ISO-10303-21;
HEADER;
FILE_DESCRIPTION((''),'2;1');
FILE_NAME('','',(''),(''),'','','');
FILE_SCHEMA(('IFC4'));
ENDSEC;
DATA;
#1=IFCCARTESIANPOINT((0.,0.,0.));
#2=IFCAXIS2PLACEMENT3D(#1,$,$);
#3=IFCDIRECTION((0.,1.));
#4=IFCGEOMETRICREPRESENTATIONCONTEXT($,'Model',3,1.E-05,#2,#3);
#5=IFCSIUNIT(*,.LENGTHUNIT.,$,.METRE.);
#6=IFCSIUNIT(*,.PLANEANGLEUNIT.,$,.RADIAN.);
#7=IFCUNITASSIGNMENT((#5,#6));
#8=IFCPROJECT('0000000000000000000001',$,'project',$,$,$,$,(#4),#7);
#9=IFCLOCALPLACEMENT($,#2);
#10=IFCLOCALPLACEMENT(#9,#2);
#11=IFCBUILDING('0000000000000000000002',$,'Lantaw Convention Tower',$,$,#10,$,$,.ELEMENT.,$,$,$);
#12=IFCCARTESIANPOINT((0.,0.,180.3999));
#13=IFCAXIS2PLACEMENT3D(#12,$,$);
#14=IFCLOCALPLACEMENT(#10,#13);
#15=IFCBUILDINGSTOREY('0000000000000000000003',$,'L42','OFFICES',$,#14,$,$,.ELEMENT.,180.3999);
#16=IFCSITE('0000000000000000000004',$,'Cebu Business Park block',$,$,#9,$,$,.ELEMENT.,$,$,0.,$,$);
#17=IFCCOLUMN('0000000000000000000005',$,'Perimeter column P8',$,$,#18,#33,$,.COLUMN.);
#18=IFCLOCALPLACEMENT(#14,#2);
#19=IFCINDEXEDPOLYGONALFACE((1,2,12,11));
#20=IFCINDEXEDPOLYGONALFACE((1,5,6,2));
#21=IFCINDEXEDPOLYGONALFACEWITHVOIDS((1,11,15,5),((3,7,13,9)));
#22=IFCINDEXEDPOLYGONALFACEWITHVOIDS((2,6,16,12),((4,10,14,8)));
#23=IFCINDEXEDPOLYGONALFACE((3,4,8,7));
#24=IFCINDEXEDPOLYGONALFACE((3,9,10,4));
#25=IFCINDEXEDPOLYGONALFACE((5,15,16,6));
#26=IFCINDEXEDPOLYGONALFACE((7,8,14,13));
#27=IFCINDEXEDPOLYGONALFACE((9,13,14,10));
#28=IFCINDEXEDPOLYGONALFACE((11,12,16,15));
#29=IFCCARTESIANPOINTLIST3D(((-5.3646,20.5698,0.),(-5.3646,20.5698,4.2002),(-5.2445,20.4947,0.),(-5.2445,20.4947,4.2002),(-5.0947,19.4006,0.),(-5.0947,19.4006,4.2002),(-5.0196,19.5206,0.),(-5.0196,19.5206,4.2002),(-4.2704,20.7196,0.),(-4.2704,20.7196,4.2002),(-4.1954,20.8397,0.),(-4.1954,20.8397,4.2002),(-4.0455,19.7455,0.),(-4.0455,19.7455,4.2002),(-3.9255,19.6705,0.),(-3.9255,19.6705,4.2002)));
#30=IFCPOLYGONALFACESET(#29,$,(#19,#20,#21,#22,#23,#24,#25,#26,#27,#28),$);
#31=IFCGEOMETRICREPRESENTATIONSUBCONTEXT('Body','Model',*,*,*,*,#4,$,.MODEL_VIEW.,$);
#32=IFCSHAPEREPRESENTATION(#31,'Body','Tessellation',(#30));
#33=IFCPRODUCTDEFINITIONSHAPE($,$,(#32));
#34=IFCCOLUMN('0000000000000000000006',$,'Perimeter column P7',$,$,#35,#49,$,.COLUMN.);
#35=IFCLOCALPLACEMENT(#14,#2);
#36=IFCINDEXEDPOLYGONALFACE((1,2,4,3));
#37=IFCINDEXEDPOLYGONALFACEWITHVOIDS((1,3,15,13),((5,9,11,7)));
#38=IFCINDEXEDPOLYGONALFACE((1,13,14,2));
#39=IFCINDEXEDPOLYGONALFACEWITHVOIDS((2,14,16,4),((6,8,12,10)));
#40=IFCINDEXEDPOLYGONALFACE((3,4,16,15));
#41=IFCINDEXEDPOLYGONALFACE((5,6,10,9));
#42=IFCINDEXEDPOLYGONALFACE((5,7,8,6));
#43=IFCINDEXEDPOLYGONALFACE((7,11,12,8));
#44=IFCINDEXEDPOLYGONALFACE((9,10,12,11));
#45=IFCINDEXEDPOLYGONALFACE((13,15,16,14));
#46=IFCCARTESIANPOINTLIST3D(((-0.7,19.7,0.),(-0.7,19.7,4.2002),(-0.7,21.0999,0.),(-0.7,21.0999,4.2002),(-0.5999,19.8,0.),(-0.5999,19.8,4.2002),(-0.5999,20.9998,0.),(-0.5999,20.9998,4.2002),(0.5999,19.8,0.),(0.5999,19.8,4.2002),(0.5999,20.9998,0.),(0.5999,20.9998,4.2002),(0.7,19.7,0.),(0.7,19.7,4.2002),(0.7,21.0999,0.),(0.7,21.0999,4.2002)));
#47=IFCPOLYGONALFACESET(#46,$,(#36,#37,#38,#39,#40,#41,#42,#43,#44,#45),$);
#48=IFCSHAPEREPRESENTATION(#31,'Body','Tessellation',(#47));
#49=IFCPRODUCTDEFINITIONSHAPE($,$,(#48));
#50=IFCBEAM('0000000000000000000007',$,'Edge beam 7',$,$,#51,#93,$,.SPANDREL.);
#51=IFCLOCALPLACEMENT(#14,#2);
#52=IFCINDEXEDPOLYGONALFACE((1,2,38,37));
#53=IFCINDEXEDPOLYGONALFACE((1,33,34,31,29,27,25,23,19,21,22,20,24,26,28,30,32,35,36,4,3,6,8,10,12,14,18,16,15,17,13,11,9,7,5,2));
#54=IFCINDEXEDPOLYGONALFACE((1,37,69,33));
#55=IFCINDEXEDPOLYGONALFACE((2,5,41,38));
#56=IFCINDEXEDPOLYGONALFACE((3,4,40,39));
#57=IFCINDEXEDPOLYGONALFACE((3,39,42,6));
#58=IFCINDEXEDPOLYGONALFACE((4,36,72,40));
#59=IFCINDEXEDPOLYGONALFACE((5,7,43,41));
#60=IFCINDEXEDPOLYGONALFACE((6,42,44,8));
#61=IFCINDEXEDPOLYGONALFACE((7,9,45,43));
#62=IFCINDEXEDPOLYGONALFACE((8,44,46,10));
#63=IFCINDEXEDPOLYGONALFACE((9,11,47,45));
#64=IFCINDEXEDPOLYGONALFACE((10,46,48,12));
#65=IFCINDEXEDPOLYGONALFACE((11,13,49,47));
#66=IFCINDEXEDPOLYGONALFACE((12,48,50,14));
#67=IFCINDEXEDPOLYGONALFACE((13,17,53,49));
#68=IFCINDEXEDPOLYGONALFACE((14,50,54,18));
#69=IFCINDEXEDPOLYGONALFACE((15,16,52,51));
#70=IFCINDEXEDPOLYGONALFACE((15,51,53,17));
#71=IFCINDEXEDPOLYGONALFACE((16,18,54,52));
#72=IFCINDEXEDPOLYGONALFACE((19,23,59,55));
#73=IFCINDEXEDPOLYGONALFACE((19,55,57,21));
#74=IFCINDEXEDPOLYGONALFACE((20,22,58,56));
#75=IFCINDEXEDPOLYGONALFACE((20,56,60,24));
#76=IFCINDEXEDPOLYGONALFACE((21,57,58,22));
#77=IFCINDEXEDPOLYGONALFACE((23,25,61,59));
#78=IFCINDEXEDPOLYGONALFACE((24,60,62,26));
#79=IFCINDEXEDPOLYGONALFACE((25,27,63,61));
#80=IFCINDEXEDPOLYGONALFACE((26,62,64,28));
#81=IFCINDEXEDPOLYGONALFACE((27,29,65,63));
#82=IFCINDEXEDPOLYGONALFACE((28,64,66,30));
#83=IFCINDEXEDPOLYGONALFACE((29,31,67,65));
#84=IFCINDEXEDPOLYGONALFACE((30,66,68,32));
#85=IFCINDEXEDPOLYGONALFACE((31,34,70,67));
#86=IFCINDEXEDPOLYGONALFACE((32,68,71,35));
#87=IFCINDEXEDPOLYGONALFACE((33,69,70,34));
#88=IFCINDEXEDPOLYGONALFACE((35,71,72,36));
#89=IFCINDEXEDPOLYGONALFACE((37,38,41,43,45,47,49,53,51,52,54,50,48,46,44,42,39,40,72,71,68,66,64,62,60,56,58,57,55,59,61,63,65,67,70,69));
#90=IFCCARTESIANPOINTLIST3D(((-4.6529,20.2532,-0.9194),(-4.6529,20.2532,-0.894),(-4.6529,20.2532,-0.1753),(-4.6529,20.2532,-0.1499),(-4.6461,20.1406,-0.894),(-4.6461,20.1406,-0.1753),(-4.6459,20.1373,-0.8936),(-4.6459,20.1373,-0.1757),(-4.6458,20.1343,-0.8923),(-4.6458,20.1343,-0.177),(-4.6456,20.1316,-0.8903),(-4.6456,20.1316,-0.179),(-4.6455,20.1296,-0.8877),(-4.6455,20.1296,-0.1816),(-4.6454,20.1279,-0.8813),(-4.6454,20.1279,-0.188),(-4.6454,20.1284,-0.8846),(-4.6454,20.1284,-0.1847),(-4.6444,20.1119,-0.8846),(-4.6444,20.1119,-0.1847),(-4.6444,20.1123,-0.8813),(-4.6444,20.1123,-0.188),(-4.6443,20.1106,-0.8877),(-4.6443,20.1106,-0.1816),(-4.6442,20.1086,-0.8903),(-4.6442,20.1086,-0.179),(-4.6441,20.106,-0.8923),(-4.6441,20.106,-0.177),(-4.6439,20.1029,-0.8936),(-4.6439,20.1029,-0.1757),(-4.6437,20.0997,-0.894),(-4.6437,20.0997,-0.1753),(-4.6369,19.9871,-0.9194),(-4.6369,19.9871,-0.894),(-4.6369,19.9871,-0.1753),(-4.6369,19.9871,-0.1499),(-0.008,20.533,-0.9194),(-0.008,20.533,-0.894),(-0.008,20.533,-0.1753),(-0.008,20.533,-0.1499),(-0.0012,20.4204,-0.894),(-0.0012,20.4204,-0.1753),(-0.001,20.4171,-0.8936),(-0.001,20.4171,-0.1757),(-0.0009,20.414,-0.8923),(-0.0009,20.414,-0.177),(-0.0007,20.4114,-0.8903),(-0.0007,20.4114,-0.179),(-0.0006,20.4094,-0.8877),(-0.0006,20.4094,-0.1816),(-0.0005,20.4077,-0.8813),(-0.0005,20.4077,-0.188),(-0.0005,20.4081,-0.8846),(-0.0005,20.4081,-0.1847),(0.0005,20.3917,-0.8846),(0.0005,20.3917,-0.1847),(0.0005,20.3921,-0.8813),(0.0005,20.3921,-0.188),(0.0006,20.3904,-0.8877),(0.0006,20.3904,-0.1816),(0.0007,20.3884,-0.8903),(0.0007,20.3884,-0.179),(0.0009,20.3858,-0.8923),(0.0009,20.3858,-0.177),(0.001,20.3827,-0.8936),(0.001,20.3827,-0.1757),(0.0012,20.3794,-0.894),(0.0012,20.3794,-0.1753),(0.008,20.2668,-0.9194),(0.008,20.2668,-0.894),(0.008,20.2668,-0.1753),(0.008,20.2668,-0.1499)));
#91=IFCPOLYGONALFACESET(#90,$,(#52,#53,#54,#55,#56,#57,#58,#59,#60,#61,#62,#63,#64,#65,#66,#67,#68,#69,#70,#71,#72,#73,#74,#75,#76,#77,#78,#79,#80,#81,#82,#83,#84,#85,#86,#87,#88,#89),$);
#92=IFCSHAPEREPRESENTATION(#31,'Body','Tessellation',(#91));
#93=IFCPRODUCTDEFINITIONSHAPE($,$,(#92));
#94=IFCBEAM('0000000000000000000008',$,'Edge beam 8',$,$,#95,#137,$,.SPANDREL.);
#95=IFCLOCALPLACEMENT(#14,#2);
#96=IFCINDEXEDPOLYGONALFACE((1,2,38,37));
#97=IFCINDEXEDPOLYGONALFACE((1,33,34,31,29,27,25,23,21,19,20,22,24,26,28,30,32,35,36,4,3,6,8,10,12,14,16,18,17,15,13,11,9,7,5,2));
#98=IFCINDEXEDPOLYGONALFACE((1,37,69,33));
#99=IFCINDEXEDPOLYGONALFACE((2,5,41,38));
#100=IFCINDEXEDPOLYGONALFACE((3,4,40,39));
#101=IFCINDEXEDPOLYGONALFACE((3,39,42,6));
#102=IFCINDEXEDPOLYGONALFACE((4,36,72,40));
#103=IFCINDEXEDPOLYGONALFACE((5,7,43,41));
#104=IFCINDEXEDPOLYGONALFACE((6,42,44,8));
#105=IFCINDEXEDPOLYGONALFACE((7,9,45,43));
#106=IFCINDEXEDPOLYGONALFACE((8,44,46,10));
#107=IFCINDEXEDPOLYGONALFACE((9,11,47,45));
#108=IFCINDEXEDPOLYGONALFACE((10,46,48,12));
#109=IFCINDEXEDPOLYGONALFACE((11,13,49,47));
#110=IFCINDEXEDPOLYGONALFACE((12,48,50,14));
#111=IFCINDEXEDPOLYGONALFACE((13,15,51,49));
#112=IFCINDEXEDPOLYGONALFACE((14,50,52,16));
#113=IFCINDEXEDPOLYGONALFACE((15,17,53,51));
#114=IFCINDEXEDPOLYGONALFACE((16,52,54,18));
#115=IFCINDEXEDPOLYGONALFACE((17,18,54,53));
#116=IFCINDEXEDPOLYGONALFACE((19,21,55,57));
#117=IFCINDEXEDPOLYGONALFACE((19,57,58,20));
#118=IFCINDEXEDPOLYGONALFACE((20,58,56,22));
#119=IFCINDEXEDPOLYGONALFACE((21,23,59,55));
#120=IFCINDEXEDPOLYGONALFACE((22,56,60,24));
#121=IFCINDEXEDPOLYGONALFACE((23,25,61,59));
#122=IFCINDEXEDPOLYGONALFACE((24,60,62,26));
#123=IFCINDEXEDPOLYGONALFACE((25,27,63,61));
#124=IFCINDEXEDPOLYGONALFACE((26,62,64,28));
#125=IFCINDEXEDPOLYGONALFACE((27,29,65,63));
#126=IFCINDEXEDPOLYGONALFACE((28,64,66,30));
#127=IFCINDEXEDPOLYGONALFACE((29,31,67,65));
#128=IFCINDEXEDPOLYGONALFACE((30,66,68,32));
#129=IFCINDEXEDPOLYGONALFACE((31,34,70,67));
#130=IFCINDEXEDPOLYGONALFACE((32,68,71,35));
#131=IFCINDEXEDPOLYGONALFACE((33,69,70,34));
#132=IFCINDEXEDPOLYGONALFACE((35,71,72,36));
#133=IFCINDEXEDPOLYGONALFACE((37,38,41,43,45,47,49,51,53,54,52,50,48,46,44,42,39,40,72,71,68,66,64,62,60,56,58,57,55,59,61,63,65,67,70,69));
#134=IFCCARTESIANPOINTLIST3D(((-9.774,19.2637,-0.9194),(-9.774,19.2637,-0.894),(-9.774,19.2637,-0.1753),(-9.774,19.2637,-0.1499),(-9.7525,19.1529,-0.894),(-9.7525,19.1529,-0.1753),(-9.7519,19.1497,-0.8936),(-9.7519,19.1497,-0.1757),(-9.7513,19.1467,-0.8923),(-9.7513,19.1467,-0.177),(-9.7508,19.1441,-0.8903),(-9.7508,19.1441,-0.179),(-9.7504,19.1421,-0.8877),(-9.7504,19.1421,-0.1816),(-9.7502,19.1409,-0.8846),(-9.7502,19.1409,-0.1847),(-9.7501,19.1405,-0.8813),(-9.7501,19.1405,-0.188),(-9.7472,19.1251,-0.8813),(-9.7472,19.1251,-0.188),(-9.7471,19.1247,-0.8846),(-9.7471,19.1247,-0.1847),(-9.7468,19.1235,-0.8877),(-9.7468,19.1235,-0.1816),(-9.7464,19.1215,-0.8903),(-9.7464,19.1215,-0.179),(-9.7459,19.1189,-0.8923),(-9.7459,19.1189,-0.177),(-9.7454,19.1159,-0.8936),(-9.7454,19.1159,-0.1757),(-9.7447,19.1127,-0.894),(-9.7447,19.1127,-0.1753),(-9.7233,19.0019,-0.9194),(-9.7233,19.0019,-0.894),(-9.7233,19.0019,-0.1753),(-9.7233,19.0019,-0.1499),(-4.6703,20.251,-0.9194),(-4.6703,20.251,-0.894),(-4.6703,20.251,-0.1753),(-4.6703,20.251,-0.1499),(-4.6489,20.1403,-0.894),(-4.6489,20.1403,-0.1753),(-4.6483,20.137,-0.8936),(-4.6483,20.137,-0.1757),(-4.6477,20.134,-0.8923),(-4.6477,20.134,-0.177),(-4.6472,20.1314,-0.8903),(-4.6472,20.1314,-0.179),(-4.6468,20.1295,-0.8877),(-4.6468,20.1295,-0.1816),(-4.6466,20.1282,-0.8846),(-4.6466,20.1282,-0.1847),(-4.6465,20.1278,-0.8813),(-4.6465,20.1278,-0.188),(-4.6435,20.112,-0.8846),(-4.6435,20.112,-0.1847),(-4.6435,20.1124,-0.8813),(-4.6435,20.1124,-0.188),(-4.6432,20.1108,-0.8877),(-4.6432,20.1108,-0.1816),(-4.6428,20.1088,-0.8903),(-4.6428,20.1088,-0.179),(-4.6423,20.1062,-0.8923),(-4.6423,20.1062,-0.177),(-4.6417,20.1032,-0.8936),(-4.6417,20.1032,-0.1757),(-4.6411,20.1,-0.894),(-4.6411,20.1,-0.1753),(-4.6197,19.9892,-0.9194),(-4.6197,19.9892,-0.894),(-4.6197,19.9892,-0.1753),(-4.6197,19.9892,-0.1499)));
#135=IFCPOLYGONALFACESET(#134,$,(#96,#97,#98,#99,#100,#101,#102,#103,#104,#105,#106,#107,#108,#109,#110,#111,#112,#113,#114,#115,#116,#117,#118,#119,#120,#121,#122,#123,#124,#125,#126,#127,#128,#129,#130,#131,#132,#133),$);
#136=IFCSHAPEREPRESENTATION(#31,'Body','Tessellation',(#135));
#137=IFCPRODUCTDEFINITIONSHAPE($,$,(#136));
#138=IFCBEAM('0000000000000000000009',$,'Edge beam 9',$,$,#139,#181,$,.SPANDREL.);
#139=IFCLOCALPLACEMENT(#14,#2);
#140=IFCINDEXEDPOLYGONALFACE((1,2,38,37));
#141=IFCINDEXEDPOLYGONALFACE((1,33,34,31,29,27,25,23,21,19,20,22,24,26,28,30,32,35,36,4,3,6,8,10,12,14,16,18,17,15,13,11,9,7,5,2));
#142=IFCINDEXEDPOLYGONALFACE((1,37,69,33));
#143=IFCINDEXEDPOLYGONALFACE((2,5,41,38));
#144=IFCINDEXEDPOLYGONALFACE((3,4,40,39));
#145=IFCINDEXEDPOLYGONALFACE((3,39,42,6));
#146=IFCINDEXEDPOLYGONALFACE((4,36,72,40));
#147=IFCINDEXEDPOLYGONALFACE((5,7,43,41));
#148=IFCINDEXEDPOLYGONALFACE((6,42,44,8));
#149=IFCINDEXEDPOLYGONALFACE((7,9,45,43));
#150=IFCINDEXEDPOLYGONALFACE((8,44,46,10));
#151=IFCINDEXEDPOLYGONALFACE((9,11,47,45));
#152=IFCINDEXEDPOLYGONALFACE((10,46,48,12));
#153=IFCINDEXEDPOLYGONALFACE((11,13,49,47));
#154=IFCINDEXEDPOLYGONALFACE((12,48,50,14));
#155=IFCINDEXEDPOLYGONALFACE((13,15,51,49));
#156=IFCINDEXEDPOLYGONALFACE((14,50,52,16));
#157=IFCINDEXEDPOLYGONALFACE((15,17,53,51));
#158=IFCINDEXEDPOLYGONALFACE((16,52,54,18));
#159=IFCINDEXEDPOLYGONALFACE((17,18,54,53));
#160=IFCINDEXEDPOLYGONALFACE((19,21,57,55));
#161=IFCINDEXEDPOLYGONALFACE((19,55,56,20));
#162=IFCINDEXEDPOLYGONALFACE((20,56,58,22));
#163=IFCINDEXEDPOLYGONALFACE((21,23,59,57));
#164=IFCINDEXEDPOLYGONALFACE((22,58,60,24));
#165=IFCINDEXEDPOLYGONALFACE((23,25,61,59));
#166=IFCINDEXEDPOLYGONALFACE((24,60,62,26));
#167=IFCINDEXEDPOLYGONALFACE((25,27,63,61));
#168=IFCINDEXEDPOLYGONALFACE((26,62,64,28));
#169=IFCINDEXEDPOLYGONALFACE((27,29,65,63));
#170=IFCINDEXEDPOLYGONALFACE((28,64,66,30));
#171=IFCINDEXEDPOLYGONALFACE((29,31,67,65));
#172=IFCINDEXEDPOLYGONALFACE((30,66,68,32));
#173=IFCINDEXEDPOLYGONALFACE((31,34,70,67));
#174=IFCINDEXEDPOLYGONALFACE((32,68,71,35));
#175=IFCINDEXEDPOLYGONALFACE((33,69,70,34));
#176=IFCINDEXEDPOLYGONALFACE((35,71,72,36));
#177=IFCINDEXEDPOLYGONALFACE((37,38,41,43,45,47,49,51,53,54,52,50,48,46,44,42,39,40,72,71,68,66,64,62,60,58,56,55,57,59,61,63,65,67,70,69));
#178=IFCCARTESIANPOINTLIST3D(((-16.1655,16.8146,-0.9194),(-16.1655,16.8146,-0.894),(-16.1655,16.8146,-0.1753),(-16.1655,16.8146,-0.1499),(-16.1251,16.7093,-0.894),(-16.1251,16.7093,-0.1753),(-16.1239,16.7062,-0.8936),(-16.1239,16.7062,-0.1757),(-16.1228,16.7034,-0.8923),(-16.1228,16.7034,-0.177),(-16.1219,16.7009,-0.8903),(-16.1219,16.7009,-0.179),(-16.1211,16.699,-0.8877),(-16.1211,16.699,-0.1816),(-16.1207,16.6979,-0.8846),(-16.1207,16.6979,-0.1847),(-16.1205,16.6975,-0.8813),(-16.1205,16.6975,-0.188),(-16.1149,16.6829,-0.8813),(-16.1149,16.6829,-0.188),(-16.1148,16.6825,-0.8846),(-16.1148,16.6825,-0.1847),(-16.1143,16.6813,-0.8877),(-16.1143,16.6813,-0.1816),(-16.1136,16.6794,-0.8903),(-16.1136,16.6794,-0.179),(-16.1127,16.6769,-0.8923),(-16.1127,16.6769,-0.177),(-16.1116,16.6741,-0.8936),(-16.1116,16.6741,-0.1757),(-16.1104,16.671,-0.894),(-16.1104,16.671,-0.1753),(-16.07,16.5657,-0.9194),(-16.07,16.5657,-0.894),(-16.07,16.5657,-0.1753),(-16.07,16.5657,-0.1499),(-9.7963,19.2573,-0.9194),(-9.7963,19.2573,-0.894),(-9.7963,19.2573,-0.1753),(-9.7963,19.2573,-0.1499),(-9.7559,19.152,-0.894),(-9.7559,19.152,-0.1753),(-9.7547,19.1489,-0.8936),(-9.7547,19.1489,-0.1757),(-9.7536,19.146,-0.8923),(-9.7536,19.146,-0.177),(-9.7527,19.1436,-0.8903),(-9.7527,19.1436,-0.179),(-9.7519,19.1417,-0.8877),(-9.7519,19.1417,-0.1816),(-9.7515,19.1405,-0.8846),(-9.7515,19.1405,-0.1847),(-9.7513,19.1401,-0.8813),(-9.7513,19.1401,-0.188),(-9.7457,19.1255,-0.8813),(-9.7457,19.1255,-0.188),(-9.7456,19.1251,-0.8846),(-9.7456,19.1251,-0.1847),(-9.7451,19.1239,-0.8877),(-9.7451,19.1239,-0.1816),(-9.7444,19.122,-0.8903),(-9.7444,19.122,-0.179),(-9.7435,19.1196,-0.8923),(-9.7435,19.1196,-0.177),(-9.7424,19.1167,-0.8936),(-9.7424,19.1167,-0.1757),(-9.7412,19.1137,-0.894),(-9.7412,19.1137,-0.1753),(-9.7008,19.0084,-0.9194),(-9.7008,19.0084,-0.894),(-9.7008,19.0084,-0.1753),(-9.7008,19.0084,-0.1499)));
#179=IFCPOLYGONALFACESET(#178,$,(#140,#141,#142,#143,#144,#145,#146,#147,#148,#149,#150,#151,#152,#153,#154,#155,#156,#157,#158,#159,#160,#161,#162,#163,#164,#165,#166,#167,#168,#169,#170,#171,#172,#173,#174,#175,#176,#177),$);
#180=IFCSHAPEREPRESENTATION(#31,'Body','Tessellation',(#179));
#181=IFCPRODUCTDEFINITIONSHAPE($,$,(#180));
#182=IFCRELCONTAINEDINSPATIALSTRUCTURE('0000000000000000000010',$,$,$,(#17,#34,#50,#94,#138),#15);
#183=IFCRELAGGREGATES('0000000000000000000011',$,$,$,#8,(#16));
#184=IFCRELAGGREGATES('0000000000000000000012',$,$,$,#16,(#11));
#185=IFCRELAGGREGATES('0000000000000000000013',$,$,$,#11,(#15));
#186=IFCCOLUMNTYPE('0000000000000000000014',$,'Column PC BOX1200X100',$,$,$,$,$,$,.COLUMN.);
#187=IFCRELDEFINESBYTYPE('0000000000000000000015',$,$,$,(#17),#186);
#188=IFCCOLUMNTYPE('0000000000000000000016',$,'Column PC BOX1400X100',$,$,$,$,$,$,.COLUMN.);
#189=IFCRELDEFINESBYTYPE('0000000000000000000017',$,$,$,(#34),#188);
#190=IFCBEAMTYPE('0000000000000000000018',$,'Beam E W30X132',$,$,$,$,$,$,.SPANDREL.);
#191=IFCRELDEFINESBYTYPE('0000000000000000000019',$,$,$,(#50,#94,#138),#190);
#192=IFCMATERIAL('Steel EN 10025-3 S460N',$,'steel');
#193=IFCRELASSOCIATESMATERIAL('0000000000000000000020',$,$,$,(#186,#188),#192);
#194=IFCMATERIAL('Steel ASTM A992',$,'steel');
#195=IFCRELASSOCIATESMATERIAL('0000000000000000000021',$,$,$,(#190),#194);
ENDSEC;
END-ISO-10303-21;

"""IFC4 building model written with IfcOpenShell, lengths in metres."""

from ifc_helpers import new_model, si_unit, direction, frame, origin, origin_2d, place, context, subcontext, project, spatial, rectangle, hollow_rectangle, i_section, extrude, material, material_profile, profile_set, type_object, element, save


model = new_model("IFC4")

# Units and contexts
model_context = context("Model", 3, precision=1e-05, world=origin(), true_north=direction((0.0, 1.0)))
body_context = subcontext(model_context, "Body", "Model", "MODEL_VIEW")
ifc_project = project(units=[si_unit("LENGTHUNIT", "METRE"), si_unit("PLANEANGLEUNIT", "RADIAN")], contexts=[model_context])

# Site, building, storey
site_placement = place(None, origin())
site = spatial("IfcSite", under=ifc_project, at=site_placement, Name="Cebu Business Park block", CompositionType="ELEMENT", RefElevation=0.0)
building_placement = place(site_placement, origin())
building = spatial("IfcBuilding", under=site, at=building_placement, Name="Lantaw Convention Tower", CompositionType="ELEMENT")
storey_placement = place(building_placement, frame((0.0, 0.0, 180.3999)))
storey = spatial("IfcBuildingStorey", under=building, at=storey_placement, Name="L42", Description="OFFICES", CompositionType="ELEMENT", Elevation=180.3999)

# Columns
ifc_material_1 = material(Name="Steel EN 10025-3 S460N", Category="steel")
ifc_material_profile_1 = material_profile(ifc_material_1, hollow_rectangle(XDim=1.2, YDim=1.2, WallThickness=0.1001, at=origin_2d()), Name="BOX1200X100")
ifc_material_2 = material(Name="Concrete C60/75", Category="concrete")
ifc_material_profile_2 = material_profile(ifc_material_2, rectangle(XDim=1.0, YDim=1.0, at=origin_2d()), Name="Concrete fill of BOX1200X100")
ifc_profile_set_1 = profile_set([ifc_material_profile_1, ifc_material_profile_2], Name="Steel EN 10025-3 S460N")
column_type_1 = type_object("IfcColumnType", Name="Column PC BOX1200X100", PredefinedType="COLUMN", material=ifc_profile_set_1)
column_1_placement = place(storey_placement, frame((-4.645, 20.1201, 0.0), z_axis=(0.0, 0.0, 1.0), x_axis=(0.97437, 0.224951, 0.0)))
element("IfcColumn", 1, at=column_1_placement, inside=storey, type_object=column_type_1, Name="Perimeter column P8", PredefinedType="COLUMN", context=body_context, shape_type="SweptSolid", body=[
    extrude(hollow_rectangle(XDim=1.2, YDim=1.2, WallThickness=0.1001, at=origin_2d()), origin(), (0.0, 0.0, 1.0), 4.2002),
])
ifc_material_profile_3 = material_profile(ifc_material_1, hollow_rectangle(XDim=1.3999, YDim=1.3999, WallThickness=0.1001, at=origin_2d()), Name="BOX1400X100")
ifc_material_profile_4 = material_profile(ifc_material_2, rectangle(XDim=1.2, YDim=1.2, at=origin_2d()), Name="Concrete fill of BOX1400X100")
ifc_profile_set_2 = profile_set([ifc_material_profile_3, ifc_material_profile_4], Name="Steel EN 10025-3 S460N")
column_type_2 = type_object("IfcColumnType", Name="Column PC BOX1400X100", PredefinedType="COLUMN", material=ifc_profile_set_2)
column_2_placement = place(storey_placement, frame((0.0, 20.3999, 0.0), z_axis=(0.0, 0.0, 1.0), x_axis=(1.0, 0.0, 0.0)))
element("IfcColumn", 2, at=column_2_placement, inside=storey, type_object=column_type_2, Name="Perimeter column P7", PredefinedType="COLUMN", context=body_context, shape_type="SweptSolid", body=[
    extrude(hollow_rectangle(XDim=1.3999, YDim=1.3999, WallThickness=0.1001, at=origin_2d()), origin(), (0.0, 0.0, 1.0), 4.2002),
])

# Beams
ifc_material_3 = material(Name="Steel ASTM A992", Category="steel")
ifc_material_profile_5 = material_profile(ifc_material_3, i_section(OverallWidth=0.2666, OverallDepth=0.7695, WebThickness=0.0156, FlangeThickness=0.0254, FilletRadius=0.0127, at=origin_2d()), Name="W30X132")
ifc_profile_set_3 = profile_set([ifc_material_profile_5], Name="Steel ASTM A992")
beam_type = type_object("IfcBeamType", Name="Beam E W30X132", PredefinedType="SPANDREL", material=ifc_profile_set_3)
beam_1_placement = place(storey_placement, frame((0.0, 20.3999, -0.5347), z_axis=(-0.998191, -0.060124, 0.0), x_axis=(0.060124, -0.998191, 0.0)))
element("IfcBeam", 3, at=beam_1_placement, inside=storey, type_object=beam_type, Name="Edge beam 7", PredefinedType="SPANDREL", context=body_context, shape_type="SweptSolid", body=[
    extrude(i_section(OverallWidth=0.2666, OverallDepth=0.7695, WebThickness=0.0156, FlangeThickness=0.0254, FilletRadius=0.0127, at=origin_2d()), origin(), (0.0, 0.0, 1.0), 4.6533),
])
beam_2_placement = place(storey_placement, frame((-4.645, 20.1201, -0.5347), z_axis=(-0.981797, -0.189934, 0.0), x_axis=(0.189934, -0.981797, 0.0)))
element("IfcBeam", 4, at=beam_2_placement, inside=storey, type_object=beam_type, Name="Edge beam 8", PredefinedType="SPANDREL", context=body_context, shape_type="SweptSolid", body=[
    extrude(i_section(OverallWidth=0.2666, OverallDepth=0.7695, WebThickness=0.0156, FlangeThickness=0.0254, FilletRadius=0.0127, at=origin_2d()), origin(), (0.0, 0.0, 1.0), 5.1982),
])
beam_3_placement = place(storey_placement, frame((-9.7485, 19.1328, -0.5347), z_axis=(-0.933691, -0.35808, 0.0), x_axis=(0.35808, -0.933691, 0.0)))
element("IfcBeam", 5, at=beam_3_placement, inside=storey, type_object=beam_type, Name="Edge beam 9", PredefinedType="SPANDREL", context=body_context, shape_type="SweptSolid", body=[
    extrude(i_section(OverallWidth=0.2666, OverallDepth=0.7695, WebThickness=0.0156, FlangeThickness=0.0254, FilletRadius=0.0127, at=origin_2d()), origin(), (0.0, 0.0, 1.0), 6.8215),
])

save(model, "model.ifc")
